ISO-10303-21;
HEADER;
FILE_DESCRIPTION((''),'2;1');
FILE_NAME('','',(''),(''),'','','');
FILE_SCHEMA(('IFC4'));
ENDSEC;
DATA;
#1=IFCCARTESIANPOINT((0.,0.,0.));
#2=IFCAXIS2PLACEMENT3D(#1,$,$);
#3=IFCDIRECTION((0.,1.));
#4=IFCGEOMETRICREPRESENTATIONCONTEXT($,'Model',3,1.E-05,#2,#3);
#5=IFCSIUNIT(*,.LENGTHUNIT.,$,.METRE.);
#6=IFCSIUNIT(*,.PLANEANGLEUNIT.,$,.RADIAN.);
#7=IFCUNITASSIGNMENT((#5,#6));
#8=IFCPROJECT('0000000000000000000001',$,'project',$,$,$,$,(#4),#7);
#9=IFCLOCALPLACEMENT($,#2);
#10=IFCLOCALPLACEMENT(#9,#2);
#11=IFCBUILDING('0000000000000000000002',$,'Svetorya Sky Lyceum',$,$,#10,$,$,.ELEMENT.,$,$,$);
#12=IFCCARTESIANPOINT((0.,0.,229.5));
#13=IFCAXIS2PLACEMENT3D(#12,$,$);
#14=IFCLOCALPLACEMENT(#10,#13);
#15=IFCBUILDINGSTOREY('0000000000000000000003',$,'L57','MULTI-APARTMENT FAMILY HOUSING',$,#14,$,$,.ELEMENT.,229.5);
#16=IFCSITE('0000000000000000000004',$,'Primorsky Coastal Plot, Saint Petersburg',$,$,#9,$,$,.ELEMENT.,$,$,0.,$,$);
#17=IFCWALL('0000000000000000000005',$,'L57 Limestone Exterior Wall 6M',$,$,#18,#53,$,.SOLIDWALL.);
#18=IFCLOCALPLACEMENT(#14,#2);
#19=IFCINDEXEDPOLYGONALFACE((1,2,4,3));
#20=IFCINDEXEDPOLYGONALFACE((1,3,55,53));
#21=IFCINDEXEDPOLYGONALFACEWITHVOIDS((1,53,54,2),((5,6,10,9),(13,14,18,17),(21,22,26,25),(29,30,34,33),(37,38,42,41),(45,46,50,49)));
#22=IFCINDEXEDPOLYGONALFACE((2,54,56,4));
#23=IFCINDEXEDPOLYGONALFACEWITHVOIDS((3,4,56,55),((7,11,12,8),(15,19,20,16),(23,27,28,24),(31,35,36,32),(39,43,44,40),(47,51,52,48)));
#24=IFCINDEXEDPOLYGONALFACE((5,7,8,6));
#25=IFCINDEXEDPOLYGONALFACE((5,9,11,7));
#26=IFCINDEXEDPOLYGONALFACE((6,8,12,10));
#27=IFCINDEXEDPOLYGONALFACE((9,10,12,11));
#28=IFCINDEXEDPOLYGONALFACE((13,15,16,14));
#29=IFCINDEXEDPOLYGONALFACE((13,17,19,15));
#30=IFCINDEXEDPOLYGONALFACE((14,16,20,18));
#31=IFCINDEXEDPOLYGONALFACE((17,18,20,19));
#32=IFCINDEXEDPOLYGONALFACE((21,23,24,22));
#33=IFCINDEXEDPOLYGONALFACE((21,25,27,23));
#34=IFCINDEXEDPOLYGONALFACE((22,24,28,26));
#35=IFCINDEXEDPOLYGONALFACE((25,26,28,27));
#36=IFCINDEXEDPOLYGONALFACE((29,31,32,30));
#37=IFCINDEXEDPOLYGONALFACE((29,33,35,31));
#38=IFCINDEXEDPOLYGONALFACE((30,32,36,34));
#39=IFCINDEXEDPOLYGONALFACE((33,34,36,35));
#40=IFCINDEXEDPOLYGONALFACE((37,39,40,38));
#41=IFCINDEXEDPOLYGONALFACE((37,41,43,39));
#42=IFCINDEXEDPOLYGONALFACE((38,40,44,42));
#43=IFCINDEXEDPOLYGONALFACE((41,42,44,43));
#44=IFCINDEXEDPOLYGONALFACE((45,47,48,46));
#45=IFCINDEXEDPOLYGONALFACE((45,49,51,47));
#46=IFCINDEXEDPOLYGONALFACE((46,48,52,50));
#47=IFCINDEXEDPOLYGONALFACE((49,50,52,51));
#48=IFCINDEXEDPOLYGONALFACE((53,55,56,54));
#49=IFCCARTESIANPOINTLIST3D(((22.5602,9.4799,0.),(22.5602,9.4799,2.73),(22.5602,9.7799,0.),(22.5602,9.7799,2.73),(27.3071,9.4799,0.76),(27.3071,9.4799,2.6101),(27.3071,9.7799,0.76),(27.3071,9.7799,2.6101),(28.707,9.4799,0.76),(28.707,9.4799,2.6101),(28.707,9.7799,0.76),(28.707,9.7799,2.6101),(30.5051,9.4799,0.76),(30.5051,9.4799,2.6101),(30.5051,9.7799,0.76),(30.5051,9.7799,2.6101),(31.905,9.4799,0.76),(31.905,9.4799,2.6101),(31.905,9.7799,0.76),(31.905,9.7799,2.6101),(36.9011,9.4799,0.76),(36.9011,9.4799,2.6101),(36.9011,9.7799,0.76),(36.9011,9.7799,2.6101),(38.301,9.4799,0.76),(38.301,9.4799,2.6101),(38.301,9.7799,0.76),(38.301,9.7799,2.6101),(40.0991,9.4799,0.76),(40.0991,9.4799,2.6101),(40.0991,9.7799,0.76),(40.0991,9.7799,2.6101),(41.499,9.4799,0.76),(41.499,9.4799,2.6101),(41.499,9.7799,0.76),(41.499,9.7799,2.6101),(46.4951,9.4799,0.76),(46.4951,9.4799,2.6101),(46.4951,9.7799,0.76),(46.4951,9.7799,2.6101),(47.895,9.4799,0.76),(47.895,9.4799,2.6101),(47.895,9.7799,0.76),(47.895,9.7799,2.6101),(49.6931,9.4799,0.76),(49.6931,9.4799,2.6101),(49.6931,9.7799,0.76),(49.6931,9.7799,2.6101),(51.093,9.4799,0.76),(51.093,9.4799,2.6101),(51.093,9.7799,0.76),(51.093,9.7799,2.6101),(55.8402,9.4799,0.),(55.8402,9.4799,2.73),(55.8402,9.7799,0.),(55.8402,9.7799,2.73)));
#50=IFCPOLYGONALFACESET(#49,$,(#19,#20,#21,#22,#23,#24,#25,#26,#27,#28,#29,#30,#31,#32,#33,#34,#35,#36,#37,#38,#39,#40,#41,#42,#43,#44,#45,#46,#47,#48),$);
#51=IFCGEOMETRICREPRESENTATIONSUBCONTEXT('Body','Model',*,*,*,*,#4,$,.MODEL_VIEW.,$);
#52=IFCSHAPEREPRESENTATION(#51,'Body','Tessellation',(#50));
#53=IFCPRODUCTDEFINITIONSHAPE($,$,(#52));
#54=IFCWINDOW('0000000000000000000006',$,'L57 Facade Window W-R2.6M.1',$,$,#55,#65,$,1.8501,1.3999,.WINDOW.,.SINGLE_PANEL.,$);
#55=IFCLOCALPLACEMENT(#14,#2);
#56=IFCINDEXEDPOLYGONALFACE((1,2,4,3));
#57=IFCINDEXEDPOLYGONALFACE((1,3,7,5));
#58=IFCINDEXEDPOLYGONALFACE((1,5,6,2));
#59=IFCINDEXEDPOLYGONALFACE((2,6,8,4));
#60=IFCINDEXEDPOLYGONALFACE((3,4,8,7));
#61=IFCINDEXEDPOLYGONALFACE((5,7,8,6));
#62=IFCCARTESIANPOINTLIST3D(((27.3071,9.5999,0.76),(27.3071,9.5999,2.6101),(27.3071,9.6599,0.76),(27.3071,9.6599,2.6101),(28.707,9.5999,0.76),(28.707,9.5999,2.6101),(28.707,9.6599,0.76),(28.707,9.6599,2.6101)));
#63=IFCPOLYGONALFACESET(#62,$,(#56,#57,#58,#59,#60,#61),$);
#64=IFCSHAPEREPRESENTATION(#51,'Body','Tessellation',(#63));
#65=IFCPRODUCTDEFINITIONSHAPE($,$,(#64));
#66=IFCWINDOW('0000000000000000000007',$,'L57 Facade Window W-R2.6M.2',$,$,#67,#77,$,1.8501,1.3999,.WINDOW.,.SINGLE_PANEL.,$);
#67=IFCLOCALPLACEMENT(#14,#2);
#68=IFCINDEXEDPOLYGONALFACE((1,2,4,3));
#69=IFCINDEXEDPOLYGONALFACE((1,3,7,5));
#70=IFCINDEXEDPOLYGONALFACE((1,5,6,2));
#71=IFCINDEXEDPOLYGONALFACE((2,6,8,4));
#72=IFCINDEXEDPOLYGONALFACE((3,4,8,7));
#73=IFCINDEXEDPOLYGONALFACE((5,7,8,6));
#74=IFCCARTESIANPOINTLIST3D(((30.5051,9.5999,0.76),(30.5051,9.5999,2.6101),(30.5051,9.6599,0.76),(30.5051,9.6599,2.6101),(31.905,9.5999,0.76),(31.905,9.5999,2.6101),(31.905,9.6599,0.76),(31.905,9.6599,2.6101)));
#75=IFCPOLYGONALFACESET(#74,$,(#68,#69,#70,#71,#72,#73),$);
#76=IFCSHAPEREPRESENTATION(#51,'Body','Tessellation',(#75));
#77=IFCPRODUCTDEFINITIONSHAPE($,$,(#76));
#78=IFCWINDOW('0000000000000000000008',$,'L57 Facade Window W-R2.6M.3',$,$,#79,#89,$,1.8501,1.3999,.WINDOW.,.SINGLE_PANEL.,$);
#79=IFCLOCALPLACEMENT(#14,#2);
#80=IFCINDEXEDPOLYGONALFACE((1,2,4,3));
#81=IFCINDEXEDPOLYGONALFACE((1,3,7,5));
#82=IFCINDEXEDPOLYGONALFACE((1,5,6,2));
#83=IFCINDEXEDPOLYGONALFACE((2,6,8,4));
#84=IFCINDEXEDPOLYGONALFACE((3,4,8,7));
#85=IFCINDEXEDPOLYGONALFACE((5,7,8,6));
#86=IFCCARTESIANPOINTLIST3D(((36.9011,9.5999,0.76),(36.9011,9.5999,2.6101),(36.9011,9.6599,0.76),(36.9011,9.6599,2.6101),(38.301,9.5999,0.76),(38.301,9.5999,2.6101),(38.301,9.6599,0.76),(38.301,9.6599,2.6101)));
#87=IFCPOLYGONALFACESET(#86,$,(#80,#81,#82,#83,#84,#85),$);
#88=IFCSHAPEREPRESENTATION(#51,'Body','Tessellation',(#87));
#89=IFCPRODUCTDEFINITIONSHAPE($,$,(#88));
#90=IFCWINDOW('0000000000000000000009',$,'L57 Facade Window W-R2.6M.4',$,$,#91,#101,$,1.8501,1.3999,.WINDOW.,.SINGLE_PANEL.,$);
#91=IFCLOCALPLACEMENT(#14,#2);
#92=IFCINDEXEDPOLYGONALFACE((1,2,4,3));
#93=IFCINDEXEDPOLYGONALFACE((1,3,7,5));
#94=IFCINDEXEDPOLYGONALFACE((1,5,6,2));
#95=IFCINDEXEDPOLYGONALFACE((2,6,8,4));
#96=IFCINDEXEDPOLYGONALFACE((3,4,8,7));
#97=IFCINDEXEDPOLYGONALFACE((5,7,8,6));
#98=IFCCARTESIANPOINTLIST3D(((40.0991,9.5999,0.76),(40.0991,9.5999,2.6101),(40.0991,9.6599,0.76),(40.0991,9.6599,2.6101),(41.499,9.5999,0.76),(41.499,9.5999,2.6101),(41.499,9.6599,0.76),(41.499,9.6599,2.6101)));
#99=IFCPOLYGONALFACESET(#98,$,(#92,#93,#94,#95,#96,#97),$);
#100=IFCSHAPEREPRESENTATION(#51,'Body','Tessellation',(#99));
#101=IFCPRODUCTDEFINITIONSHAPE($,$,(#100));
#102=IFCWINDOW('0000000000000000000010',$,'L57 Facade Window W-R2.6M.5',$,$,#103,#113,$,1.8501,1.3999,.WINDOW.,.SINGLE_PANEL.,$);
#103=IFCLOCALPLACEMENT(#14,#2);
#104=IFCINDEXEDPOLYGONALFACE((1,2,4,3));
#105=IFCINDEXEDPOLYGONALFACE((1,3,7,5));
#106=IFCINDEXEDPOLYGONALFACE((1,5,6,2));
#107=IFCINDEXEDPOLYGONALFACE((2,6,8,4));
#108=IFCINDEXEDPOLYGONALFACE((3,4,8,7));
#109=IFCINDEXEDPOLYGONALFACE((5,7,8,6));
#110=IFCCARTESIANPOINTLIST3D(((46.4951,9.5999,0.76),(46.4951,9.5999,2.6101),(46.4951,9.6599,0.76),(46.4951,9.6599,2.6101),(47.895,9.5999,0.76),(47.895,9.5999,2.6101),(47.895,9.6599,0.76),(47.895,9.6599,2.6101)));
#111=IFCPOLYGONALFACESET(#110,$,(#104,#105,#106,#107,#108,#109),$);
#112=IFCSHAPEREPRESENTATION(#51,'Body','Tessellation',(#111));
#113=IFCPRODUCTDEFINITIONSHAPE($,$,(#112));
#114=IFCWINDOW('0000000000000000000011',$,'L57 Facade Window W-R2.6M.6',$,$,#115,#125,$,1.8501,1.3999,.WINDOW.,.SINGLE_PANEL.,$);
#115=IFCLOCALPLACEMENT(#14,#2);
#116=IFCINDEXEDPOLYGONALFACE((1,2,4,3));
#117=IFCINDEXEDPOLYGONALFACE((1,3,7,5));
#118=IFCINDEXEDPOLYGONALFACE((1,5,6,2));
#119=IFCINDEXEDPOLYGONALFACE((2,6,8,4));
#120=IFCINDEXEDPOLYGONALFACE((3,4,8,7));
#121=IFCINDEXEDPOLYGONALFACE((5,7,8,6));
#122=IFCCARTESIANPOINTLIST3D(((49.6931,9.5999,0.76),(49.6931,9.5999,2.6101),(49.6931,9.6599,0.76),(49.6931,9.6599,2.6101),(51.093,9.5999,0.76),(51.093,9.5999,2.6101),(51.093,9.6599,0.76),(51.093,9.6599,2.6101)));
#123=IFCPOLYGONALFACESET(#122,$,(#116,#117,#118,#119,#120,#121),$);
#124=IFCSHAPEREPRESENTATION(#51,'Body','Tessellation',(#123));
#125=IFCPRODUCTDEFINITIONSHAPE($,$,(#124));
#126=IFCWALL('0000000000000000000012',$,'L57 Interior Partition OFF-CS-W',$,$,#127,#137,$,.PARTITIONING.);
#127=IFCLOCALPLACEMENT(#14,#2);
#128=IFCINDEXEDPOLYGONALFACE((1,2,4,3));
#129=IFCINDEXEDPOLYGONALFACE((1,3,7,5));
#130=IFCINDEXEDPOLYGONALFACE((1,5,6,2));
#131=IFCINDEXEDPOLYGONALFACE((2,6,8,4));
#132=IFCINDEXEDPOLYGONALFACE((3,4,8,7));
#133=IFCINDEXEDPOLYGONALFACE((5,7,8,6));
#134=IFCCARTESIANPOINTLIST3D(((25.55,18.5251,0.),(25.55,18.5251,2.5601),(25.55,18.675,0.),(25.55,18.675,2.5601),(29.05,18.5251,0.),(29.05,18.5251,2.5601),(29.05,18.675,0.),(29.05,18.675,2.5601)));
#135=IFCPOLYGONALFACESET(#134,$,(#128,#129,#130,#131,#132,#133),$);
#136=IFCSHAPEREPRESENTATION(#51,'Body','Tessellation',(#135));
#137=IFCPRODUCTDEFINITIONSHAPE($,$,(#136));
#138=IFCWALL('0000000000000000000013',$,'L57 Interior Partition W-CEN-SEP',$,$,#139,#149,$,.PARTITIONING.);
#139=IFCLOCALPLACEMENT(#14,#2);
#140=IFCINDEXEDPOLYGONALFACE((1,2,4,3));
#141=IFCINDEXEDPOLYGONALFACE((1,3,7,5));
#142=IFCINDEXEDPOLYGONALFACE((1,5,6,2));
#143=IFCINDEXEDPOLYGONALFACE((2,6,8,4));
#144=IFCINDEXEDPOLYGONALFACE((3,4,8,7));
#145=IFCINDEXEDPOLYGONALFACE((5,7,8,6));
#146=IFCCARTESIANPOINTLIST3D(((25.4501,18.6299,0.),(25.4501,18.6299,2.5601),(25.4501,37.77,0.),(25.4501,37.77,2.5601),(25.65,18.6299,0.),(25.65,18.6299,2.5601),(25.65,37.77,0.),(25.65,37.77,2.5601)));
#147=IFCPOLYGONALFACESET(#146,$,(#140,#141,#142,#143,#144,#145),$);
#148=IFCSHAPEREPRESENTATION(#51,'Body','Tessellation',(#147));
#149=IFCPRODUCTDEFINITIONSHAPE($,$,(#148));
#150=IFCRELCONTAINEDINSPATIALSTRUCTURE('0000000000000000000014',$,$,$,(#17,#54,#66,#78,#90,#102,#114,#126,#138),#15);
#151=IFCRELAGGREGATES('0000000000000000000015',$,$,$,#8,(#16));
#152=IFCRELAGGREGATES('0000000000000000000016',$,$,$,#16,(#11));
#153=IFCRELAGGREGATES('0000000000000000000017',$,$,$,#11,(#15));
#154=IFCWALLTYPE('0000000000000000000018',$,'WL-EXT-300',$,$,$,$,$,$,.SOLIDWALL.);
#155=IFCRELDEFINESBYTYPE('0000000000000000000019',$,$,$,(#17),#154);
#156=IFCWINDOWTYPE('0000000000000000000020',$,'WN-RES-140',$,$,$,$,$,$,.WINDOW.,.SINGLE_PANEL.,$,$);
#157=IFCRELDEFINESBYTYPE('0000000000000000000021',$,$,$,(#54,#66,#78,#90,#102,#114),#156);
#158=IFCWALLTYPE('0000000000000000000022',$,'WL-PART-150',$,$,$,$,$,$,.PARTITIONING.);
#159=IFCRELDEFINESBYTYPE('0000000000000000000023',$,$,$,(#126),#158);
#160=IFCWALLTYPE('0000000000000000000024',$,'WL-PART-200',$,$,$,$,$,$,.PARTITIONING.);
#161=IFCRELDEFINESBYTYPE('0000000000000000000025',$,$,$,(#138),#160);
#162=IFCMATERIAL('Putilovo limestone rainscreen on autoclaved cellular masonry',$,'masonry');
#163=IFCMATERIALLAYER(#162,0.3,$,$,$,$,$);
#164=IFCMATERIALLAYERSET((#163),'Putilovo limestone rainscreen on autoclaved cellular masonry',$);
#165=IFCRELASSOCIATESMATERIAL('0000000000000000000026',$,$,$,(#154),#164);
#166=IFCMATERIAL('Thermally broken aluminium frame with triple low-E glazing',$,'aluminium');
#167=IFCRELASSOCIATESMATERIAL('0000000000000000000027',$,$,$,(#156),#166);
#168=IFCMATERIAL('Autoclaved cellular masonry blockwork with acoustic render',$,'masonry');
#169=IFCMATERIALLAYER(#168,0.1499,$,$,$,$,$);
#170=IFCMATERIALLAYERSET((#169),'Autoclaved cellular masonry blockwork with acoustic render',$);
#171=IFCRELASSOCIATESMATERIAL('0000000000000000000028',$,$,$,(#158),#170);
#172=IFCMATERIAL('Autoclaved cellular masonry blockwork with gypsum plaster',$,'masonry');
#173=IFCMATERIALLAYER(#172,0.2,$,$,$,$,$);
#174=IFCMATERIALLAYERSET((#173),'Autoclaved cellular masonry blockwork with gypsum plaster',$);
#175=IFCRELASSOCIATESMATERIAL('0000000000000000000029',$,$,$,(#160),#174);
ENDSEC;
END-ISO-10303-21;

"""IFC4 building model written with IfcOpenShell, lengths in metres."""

from ifc_helpers import new_model, si_unit, direction, frame, frame_2d, origin, place, context, subcontext, project, spatial, rectangle, extrude, material, layer, layer_set, type_object, element, fill, save


model = new_model("IFC4")

# Units and contexts
model_context = context("Model", 3, precision=1e-05, world=origin(), true_north=direction((0.0, 1.0)))
body_context = subcontext(model_context, "Body", "Model", "MODEL_VIEW")
ifc_project = project(units=[si_unit("LENGTHUNIT", "METRE"), si_unit("PLANEANGLEUNIT", "RADIAN")], contexts=[model_context])

# Site, building, storey
site_placement = place(None, origin())
site = spatial("IfcSite", under=ifc_project, at=site_placement, Name="Primorsky Coastal Plot, Saint Petersburg", CompositionType="ELEMENT", RefElevation=0.0)
building_placement = place(site_placement, origin())
building = spatial("IfcBuilding", under=site, at=building_placement, Name="Svetorya Sky Lyceum", CompositionType="ELEMENT")
storey_placement = place(building_placement, frame((0.0, 0.0, 229.5)))
storey = spatial("IfcBuildingStorey", under=building, at=storey_placement, Name="L57", Description="MULTI-APARTMENT FAMILY HOUSING", CompositionType="ELEMENT", Elevation=229.5)

# Wall, openings, windows
ifc_material_1 = material(Name="Putilovo limestone rainscreen on autoclaved cellular masonry", Category="masonry")
ifc_layer_1 = layer(ifc_material_1, 0.3)
ifc_layer_set_1 = layer_set([ifc_layer_1], Name="Putilovo limestone rainscreen on autoclaved cellular masonry")
wall_type_1 = type_object("IfcWallType", Name="WL-EXT-300", PredefinedType="SOLIDWALL", material=ifc_layer_set_1)
wall_1_placement = place(storey_placement, frame((22.5601, 9.6299, 0.0), z_axis=(0.0, 0.0, 1.0), x_axis=(1.0, 0.0, 0.0)))
wall_1 = element("IfcWall", 1, at=wall_1_placement, inside=storey, type_object=wall_type_1, Name="L57 Limestone Exterior Wall 6M", PredefinedType="SOLIDWALL", context=body_context, shape_type="SweptSolid", body=[
    extrude(rectangle(XDim=33.28, YDim=0.3, at=frame_2d((16.6401, 0.0))), origin(), (0.0, 0.0, 1.0), 2.73),
])
opening_1_placement = place(wall_1_placement, frame((4.7471, 0.0, 0.76)))
opening_1 = element("IfcOpeningElement", 2, at=opening_1_placement, cuts=wall_1, PredefinedType="OPENING", context=body_context, shape_type="SweptSolid", body=[
    extrude(rectangle(XDim=1.3999, YDim=1.8501, at=frame_2d((0.7, 0.925))), frame((0.0, 0.1599, 0.0), z_axis=(0.0, -1.0, 0.0), x_axis=(1.0, 0.0, 0.0)), (0.0, 0.0, 1.0), 0.3201),
])
opening_2_placement = place(wall_1_placement, frame((7.9451, 0.0, 0.76)))
opening_2 = element("IfcOpeningElement", 3, at=opening_2_placement, cuts=wall_1, PredefinedType="OPENING", context=body_context, shape_type="SweptSolid", body=[
    extrude(rectangle(XDim=1.3999, YDim=1.8501, at=frame_2d((0.7, 0.925))), frame((0.0, 0.1599, 0.0), z_axis=(0.0, -1.0, 0.0), x_axis=(1.0, 0.0, 0.0)), (0.0, 0.0, 1.0), 0.3201),
])
opening_3_placement = place(wall_1_placement, frame((14.3411, 0.0, 0.76)))
opening_3 = element("IfcOpeningElement", 4, at=opening_3_placement, cuts=wall_1, PredefinedType="OPENING", context=body_context, shape_type="SweptSolid", body=[
    extrude(rectangle(XDim=1.3999, YDim=1.8501, at=frame_2d((0.7, 0.925))), frame((0.0, 0.1599, 0.0), z_axis=(0.0, -1.0, 0.0), x_axis=(1.0, 0.0, 0.0)), (0.0, 0.0, 1.0), 0.3201),
])
opening_4_placement = place(wall_1_placement, frame((17.5391, 0.0, 0.76)))
opening_4 = element("IfcOpeningElement", 5, at=opening_4_placement, cuts=wall_1, PredefinedType="OPENING", context=body_context, shape_type="SweptSolid", body=[
    extrude(rectangle(XDim=1.3999, YDim=1.8501, at=frame_2d((0.7, 0.925))), frame((0.0, 0.1599, 0.0), z_axis=(0.0, -1.0, 0.0), x_axis=(1.0, 0.0, 0.0)), (0.0, 0.0, 1.0), 0.3201),
])
opening_5_placement = place(wall_1_placement, frame((23.9351, 0.0, 0.76)))
opening_5 = element("IfcOpeningElement", 6, at=opening_5_placement, cuts=wall_1, PredefinedType="OPENING", context=body_context, shape_type="SweptSolid", body=[
    extrude(rectangle(XDim=1.3999, YDim=1.8501, at=frame_2d((0.7, 0.925))), frame((0.0, 0.1599, 0.0), z_axis=(0.0, -1.0, 0.0), x_axis=(1.0, 0.0, 0.0)), (0.0, 0.0, 1.0), 0.3201),
])
opening_6_placement = place(wall_1_placement, frame((27.1331, 0.0, 0.76)))
opening_6 = element("IfcOpeningElement", 7, at=opening_6_placement, cuts=wall_1, PredefinedType="OPENING", context=body_context, shape_type="SweptSolid", body=[
    extrude(rectangle(XDim=1.3999, YDim=1.8501, at=frame_2d((0.7, 0.925))), frame((0.0, 0.1599, 0.0), z_axis=(0.0, -1.0, 0.0), x_axis=(1.0, 0.0, 0.0)), (0.0, 0.0, 1.0), 0.3201),
])
ifc_material_2 = material(Name="Thermally broken aluminium frame with triple low-E glazing", Category="aluminium")
window_type = type_object("IfcWindowType", Name="WN-RES-140", PartitioningType="SINGLE_PANEL", PredefinedType="WINDOW", material=ifc_material_2)
window_1_placement = place(opening_1_placement, origin())
window_1 = element("IfcWindow", 8, at=window_1_placement, inside=storey, type_object=window_type, Name="L57 Facade Window W-R2.6M.1", OverallHeight=1.8501, OverallWidth=1.3999, PartitioningType="SINGLE_PANEL", PredefinedType="WINDOW", context=body_context, shape_type="SweptSolid", body=[
    extrude(rectangle(XDim=1.3999, YDim=1.8501, at=frame_2d((0.7, 0.925))), frame((0.0, 0.03, 0.0), z_axis=(0.0, -1.0, 0.0), x_axis=(1.0, 0.0, 0.0)), (0.0, 0.0, 1.0), 0.0601),
])
fill(opening_1, window_1)
window_2_placement = place(opening_2_placement, origin())
window_2 = element("IfcWindow", 9, at=window_2_placement, inside=storey, type_object=window_type, Name="L57 Facade Window W-R2.6M.2", OverallHeight=1.8501, OverallWidth=1.3999, PartitioningType="SINGLE_PANEL", PredefinedType="WINDOW", context=body_context, shape_type="SweptSolid", body=[
    extrude(rectangle(XDim=1.3999, YDim=1.8501, at=frame_2d((0.7, 0.925))), frame((0.0, 0.03, 0.0), z_axis=(0.0, -1.0, 0.0), x_axis=(1.0, 0.0, 0.0)), (0.0, 0.0, 1.0), 0.0601),
])
fill(opening_2, window_2)
window_3_placement = place(opening_3_placement, origin())
window_3 = element("IfcWindow", 10, at=window_3_placement, inside=storey, type_object=window_type, Name="L57 Facade Window W-R2.6M.3", OverallHeight=1.8501, OverallWidth=1.3999, PartitioningType="SINGLE_PANEL", PredefinedType="WINDOW", context=body_context, shape_type="SweptSolid", body=[
    extrude(rectangle(XDim=1.3999, YDim=1.8501, at=frame_2d((0.7, 0.925))), frame((0.0, 0.03, 0.0), z_axis=(0.0, -1.0, 0.0), x_axis=(1.0, 0.0, 0.0)), (0.0, 0.0, 1.0), 0.0601),
])
fill(opening_3, window_3)
window_4_placement = place(opening_4_placement, origin())
window_4 = element("IfcWindow", 11, at=window_4_placement, inside=storey, type_object=window_type, Name="L57 Facade Window W-R2.6M.4", OverallHeight=1.8501, OverallWidth=1.3999, PartitioningType="SINGLE_PANEL", PredefinedType="WINDOW", context=body_context, shape_type="SweptSolid", body=[
    extrude(rectangle(XDim=1.3999, YDim=1.8501, at=frame_2d((0.7, 0.925))), frame((0.0, 0.03, 0.0), z_axis=(0.0, -1.0, 0.0), x_axis=(1.0, 0.0, 0.0)), (0.0, 0.0, 1.0), 0.0601),
])
fill(opening_4, window_4)
window_5_placement = place(opening_5_placement, origin())
window_5 = element("IfcWindow", 12, at=window_5_placement, inside=storey, type_object=window_type, Name="L57 Facade Window W-R2.6M.5", OverallHeight=1.8501, OverallWidth=1.3999, PartitioningType="SINGLE_PANEL", PredefinedType="WINDOW", context=body_context, shape_type="SweptSolid", body=[
    extrude(rectangle(XDim=1.3999, YDim=1.8501, at=frame_2d((0.7, 0.925))), frame((0.0, 0.03, 0.0), z_axis=(0.0, -1.0, 0.0), x_axis=(1.0, 0.0, 0.0)), (0.0, 0.0, 1.0), 0.0601),
])
fill(opening_5, window_5)
window_6_placement = place(opening_6_placement, origin())
window_6 = element("IfcWindow", 13, at=window_6_placement, inside=storey, type_object=window_type, Name="L57 Facade Window W-R2.6M.6", OverallHeight=1.8501, OverallWidth=1.3999, PartitioningType="SINGLE_PANEL", PredefinedType="WINDOW", context=body_context, shape_type="SweptSolid", body=[
    extrude(rectangle(XDim=1.3999, YDim=1.8501, at=frame_2d((0.7, 0.925))), frame((0.0, 0.03, 0.0), z_axis=(0.0, -1.0, 0.0), x_axis=(1.0, 0.0, 0.0)), (0.0, 0.0, 1.0), 0.0601),
])
fill(opening_6, window_6)

# Walls
ifc_material_3 = material(Name="Autoclaved cellular masonry blockwork with acoustic render", Category="masonry")
ifc_layer_2 = layer(ifc_material_3, 0.1499)
ifc_layer_set_2 = layer_set([ifc_layer_2], Name="Autoclaved cellular masonry blockwork with acoustic render")
wall_type_2 = type_object("IfcWallType", Name="WL-PART-150", PredefinedType="PARTITIONING", material=ifc_layer_set_2)
wall_2_placement = place(storey_placement, frame((25.55, 18.6001, 0.0), z_axis=(0.0, 0.0, 1.0), x_axis=(1.0, 0.0, 0.0)))
element("IfcWall", 14, at=wall_2_placement, inside=storey, type_object=wall_type_2, Name="L57 Interior Partition OFF-CS-W", PredefinedType="PARTITIONING", context=body_context, shape_type="SweptSolid", body=[
    extrude(rectangle(XDim=3.5, YDim=0.1499, at=frame_2d((1.75, 0.0))), origin(), (0.0, 0.0, 1.0), 2.5601),
])
ifc_material_4 = material(Name="Autoclaved cellular masonry blockwork with gypsum plaster", Category="masonry")
ifc_layer_3 = layer(ifc_material_4, 0.2)
ifc_layer_set_3 = layer_set([ifc_layer_3], Name="Autoclaved cellular masonry blockwork with gypsum plaster")
wall_type_3 = type_object("IfcWallType", Name="WL-PART-200", PredefinedType="PARTITIONING", material=ifc_layer_set_3)
wall_3_placement = place(storey_placement, frame((25.55, 18.6299, 0.0), z_axis=(0.0, 0.0, 1.0), x_axis=(0.0, 1.0, 0.0)))
element("IfcWall", 15, at=wall_3_placement, inside=storey, type_object=wall_type_3, Name="L57 Interior Partition W-CEN-SEP", PredefinedType="PARTITIONING", context=body_context, shape_type="SweptSolid", body=[
    extrude(rectangle(XDim=19.1401, YDim=0.2, at=frame_2d((9.5701, 0.0))), origin(), (0.0, 0.0, 1.0), 2.5601),
])

save(model, "model.ifc")
